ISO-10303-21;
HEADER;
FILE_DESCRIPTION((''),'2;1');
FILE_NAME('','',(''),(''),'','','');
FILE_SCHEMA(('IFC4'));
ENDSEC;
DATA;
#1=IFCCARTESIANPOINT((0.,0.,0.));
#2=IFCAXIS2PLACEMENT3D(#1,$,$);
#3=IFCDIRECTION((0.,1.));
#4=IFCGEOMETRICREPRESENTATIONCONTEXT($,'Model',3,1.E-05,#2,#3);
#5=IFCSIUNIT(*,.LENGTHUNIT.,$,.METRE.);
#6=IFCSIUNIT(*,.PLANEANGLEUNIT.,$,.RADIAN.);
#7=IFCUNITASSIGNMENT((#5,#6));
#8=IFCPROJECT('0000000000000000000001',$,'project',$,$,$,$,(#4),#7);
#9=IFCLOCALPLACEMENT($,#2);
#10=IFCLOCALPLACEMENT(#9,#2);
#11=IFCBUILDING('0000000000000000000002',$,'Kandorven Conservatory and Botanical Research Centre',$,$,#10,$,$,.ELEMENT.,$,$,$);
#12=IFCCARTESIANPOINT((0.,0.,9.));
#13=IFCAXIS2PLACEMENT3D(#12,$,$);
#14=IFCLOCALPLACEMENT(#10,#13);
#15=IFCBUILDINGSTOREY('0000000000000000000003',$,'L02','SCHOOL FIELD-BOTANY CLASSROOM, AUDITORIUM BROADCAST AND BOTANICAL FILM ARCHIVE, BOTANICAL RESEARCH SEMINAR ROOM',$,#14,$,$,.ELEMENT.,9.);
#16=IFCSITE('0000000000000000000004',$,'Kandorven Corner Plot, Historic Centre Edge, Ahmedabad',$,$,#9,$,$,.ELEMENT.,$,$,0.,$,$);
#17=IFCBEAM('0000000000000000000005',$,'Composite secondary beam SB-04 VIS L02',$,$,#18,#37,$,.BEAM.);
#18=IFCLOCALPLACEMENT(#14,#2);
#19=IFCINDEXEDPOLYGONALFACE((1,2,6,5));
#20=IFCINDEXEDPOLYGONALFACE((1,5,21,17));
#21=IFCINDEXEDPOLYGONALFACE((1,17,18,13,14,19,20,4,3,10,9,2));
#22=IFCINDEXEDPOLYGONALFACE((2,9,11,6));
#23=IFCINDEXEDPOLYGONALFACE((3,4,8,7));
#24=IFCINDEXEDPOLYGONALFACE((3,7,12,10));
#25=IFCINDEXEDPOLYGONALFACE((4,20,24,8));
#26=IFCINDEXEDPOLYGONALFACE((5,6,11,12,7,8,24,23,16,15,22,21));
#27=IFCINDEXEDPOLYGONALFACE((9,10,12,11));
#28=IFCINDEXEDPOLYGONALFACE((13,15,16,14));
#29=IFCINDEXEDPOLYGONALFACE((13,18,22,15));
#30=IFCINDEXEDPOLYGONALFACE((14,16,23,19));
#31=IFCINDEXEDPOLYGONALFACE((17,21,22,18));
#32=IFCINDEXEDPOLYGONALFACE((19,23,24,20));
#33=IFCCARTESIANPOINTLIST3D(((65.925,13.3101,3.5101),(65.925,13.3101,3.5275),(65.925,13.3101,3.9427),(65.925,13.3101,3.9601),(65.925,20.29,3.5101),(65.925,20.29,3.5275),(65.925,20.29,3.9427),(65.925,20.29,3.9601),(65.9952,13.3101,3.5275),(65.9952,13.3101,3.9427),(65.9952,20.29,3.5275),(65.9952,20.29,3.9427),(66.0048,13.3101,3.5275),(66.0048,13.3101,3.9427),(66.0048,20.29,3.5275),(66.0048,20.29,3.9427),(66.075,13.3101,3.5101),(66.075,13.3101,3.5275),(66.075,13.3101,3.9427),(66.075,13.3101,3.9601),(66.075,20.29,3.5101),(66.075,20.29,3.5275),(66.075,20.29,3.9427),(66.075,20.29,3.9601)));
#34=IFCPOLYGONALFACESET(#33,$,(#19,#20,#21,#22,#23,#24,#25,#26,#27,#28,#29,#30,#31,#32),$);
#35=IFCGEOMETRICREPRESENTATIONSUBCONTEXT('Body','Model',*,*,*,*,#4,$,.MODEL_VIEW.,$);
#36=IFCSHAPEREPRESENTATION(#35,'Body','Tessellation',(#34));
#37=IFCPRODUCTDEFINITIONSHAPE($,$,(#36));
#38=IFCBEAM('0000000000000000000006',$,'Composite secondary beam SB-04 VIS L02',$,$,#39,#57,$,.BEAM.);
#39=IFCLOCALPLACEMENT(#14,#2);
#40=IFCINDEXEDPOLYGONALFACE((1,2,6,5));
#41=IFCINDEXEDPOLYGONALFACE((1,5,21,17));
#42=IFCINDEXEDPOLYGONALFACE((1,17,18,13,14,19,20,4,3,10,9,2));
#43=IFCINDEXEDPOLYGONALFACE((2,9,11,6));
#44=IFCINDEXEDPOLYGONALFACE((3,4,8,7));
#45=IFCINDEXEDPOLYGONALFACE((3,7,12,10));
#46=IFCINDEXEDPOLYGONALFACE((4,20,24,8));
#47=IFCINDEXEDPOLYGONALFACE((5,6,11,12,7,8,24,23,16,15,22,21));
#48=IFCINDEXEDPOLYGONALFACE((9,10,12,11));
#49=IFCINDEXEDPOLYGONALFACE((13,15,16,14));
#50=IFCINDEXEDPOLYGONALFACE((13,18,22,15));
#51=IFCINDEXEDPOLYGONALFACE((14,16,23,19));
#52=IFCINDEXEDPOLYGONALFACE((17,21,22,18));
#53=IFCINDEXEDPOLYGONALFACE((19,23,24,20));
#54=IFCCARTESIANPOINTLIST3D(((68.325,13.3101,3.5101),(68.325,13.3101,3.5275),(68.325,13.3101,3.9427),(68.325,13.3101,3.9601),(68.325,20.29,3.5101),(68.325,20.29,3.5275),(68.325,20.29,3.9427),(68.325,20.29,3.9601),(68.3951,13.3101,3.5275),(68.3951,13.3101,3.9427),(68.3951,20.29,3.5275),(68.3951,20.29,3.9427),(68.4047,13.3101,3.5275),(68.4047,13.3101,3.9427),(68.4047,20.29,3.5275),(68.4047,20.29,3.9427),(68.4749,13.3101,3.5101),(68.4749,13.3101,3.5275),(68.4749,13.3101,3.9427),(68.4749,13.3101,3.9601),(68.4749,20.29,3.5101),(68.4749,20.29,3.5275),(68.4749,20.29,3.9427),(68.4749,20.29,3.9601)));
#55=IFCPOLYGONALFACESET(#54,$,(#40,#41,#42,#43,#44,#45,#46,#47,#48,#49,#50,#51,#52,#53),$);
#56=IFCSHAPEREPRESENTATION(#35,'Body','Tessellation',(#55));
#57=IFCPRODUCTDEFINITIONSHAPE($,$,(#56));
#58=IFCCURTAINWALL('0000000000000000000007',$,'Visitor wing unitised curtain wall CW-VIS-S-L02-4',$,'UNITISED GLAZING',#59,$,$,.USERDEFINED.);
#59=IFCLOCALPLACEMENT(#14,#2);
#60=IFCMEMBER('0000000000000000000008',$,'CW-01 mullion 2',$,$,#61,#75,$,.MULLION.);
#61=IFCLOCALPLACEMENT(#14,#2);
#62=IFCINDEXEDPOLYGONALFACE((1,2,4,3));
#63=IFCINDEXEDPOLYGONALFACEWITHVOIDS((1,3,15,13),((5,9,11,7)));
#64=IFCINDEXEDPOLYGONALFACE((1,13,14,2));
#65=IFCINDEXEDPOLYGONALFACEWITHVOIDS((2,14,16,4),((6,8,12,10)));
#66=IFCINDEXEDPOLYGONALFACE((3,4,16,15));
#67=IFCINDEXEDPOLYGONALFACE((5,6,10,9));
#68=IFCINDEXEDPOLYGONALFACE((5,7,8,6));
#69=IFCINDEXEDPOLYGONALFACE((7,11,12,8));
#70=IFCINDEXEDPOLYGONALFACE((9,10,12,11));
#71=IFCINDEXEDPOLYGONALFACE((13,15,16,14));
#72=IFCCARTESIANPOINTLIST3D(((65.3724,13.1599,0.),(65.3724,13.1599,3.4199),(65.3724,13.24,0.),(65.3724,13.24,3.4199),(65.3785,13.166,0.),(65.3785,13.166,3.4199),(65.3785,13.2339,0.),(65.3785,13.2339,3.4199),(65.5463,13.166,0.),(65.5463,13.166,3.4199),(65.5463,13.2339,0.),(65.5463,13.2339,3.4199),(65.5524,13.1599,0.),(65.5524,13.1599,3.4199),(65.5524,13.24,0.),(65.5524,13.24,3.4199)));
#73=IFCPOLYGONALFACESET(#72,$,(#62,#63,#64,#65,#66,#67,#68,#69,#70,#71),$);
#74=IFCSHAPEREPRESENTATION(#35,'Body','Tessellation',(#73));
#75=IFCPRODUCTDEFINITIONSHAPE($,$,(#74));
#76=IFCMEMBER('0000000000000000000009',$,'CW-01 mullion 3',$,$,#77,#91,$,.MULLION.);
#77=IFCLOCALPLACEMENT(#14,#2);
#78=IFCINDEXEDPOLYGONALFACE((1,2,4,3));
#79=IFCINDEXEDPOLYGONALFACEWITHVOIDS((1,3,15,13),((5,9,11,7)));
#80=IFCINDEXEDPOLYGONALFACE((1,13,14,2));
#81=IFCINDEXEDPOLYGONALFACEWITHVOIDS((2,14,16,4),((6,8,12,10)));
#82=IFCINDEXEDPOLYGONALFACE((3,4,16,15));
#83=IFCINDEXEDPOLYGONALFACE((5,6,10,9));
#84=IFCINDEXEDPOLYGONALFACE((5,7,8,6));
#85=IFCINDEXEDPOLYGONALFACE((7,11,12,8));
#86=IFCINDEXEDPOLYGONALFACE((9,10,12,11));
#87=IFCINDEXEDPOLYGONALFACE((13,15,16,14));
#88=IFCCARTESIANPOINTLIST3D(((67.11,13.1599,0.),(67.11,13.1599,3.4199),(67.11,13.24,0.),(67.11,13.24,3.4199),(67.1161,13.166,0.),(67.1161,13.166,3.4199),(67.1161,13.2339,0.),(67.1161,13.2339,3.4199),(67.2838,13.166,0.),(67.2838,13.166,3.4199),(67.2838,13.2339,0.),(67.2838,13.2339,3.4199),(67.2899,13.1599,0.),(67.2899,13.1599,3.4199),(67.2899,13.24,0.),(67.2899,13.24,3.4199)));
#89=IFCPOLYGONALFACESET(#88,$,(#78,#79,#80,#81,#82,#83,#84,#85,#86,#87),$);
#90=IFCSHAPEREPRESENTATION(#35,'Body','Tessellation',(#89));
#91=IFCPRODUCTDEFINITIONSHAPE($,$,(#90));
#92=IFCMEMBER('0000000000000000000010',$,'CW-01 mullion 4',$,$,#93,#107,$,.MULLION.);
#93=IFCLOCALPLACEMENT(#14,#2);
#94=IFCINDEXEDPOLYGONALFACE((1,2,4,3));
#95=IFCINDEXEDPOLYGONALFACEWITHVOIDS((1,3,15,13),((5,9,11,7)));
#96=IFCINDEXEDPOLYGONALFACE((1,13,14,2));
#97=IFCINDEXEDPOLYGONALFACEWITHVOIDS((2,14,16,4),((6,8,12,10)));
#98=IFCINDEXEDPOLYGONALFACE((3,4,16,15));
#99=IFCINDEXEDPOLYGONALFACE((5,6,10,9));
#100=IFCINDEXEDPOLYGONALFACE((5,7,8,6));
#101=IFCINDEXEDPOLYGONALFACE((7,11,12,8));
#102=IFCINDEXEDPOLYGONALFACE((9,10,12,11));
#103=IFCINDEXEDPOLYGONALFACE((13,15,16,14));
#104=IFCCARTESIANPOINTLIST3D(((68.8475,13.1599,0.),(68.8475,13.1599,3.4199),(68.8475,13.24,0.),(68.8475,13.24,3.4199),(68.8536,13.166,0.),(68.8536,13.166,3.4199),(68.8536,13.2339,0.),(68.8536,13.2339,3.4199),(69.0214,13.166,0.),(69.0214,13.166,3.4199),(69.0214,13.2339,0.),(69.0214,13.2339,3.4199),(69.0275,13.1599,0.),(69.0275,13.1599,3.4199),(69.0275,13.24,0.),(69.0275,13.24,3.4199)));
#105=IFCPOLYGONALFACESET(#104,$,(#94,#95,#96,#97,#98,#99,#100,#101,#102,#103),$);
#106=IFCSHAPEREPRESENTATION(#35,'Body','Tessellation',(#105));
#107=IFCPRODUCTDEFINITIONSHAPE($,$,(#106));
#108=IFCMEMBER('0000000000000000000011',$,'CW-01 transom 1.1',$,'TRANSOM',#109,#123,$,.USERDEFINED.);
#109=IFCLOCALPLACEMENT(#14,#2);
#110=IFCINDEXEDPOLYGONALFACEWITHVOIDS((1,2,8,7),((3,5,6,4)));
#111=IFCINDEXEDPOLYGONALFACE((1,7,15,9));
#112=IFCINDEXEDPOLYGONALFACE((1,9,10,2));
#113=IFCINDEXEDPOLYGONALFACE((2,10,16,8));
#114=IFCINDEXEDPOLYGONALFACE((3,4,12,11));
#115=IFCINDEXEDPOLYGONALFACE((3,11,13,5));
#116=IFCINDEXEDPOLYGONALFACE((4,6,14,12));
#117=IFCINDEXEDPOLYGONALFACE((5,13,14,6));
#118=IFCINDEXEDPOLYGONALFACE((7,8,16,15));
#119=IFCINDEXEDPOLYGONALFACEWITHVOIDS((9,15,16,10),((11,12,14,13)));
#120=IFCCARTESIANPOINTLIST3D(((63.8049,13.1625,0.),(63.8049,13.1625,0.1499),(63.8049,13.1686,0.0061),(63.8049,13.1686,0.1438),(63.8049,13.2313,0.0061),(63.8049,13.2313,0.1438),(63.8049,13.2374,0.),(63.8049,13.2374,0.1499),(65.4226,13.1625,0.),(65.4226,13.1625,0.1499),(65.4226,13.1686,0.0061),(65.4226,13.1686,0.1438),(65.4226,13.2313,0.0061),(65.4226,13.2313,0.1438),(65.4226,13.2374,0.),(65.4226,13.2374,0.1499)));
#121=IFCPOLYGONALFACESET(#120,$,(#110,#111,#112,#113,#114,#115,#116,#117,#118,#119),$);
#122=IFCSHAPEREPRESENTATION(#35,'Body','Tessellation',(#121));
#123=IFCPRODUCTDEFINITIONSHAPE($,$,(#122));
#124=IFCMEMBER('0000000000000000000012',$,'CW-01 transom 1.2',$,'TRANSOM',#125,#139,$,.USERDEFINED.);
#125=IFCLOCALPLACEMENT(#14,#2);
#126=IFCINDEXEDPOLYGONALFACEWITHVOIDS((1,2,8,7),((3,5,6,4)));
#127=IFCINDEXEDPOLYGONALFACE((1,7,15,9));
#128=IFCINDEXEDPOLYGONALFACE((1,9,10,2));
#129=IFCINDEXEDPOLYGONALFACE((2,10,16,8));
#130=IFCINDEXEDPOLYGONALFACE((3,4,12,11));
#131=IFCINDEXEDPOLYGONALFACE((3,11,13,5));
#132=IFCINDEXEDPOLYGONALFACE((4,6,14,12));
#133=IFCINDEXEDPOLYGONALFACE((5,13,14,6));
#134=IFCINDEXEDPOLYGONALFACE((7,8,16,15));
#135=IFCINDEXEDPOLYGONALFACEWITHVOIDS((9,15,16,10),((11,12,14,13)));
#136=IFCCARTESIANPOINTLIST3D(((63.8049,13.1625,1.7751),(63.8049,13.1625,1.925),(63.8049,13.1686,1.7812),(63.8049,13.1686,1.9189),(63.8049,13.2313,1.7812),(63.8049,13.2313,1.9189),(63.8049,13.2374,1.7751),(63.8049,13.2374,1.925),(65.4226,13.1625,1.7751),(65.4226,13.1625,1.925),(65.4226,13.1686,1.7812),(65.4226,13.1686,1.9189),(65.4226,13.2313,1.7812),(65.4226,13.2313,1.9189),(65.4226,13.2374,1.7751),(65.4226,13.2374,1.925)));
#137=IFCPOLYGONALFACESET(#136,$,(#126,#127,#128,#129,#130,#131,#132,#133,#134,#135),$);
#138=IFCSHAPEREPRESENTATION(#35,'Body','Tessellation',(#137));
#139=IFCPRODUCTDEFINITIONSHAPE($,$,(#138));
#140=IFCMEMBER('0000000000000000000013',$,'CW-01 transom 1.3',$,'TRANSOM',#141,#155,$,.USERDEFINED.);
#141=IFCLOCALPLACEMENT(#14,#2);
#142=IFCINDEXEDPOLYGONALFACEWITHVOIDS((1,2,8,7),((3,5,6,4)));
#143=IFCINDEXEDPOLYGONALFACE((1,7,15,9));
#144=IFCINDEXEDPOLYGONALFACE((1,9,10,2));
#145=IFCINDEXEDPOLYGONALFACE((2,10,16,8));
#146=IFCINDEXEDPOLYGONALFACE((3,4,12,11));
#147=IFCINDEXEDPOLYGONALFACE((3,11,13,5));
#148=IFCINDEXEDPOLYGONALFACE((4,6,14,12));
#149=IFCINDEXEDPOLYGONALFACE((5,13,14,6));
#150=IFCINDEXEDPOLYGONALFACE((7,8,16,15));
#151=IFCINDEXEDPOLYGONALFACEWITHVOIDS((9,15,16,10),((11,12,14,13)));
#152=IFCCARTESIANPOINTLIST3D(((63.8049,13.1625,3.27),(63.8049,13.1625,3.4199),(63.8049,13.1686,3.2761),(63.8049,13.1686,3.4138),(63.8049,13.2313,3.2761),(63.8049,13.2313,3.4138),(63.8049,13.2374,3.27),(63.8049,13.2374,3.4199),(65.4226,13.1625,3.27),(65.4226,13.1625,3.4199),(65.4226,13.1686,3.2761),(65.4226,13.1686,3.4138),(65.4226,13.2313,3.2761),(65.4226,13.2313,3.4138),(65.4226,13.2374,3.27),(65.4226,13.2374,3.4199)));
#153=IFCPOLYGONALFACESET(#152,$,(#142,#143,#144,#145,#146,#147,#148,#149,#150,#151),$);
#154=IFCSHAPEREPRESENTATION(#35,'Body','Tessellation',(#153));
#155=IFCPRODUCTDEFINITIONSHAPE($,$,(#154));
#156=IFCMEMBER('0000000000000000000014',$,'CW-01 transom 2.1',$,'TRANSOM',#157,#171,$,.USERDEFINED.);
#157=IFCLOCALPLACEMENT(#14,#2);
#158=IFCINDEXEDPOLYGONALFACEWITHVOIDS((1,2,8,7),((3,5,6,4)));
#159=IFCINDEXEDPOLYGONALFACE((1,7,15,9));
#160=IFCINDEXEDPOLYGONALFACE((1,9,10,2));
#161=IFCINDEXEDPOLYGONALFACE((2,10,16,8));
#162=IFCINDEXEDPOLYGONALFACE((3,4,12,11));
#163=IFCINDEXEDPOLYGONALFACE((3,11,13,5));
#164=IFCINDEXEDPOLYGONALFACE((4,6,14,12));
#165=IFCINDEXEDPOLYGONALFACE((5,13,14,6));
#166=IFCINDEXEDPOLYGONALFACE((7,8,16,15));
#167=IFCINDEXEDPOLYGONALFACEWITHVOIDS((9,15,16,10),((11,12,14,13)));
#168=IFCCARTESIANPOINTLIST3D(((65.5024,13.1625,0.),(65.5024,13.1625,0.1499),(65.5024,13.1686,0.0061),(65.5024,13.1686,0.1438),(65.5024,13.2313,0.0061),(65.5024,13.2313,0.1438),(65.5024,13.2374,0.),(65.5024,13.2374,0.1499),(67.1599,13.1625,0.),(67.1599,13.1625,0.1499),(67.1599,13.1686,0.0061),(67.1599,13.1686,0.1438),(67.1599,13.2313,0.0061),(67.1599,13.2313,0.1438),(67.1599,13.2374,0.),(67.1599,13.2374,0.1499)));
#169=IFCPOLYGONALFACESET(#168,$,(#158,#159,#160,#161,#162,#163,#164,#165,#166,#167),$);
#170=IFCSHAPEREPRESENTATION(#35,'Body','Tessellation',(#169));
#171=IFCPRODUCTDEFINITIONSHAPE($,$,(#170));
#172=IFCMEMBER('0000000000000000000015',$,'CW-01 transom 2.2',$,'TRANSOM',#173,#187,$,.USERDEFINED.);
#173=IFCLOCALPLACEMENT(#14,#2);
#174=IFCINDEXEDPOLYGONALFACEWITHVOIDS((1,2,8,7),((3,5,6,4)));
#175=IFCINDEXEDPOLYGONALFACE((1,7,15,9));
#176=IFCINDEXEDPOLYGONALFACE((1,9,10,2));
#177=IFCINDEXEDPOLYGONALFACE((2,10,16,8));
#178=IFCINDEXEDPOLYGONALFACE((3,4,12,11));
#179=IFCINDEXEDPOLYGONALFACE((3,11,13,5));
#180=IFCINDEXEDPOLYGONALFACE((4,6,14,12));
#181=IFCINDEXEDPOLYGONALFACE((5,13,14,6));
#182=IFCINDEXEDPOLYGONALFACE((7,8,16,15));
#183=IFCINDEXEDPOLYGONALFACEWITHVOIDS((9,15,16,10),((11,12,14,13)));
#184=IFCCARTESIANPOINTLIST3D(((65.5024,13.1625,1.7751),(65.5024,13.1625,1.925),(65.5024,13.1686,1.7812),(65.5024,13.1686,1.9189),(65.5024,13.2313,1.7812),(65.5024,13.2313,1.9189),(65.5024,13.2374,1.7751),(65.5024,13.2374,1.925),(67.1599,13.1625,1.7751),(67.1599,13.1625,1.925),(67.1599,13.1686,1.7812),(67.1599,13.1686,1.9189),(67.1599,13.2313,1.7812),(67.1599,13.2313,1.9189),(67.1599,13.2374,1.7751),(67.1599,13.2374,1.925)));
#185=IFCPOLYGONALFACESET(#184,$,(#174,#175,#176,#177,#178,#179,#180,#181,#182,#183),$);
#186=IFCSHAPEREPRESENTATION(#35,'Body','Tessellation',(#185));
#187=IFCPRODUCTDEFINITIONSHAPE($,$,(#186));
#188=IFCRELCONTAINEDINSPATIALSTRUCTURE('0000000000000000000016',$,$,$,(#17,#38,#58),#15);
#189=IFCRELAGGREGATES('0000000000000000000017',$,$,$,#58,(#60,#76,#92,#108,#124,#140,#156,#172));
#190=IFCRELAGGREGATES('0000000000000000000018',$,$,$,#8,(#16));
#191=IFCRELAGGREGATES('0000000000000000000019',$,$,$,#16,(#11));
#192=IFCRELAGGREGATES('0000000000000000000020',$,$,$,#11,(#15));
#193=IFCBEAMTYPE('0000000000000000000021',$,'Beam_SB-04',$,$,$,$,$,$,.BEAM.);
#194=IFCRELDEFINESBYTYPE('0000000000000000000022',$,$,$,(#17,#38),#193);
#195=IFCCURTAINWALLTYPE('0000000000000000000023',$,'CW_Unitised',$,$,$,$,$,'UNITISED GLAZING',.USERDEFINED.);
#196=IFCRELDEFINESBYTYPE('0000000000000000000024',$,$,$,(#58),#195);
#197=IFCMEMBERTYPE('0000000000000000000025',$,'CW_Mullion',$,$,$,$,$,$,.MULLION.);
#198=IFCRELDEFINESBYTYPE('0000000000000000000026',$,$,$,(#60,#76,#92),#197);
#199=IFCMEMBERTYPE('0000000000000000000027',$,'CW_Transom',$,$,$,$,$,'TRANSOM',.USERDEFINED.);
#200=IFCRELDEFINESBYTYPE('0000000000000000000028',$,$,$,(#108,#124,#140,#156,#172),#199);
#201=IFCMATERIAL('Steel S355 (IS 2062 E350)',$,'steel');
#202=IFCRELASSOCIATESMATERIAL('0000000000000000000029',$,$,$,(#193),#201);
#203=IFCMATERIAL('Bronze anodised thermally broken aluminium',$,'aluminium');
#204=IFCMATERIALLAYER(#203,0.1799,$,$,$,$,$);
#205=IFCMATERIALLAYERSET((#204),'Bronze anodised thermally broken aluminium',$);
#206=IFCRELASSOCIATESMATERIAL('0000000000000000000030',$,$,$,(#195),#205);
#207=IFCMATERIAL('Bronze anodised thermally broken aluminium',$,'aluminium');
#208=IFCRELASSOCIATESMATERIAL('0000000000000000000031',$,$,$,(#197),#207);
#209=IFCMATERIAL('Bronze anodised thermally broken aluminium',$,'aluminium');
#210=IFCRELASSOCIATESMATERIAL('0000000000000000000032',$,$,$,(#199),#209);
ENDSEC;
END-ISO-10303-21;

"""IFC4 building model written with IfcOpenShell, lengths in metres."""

from ifc_helpers import new_model, si_unit, direction, frame, origin, origin_2d, place, context, subcontext, project, spatial, hollow_rectangle, i_section, extrude, material, layer, layer_set, material_profile, profile_set, type_object, element, aggregate, save


model = new_model("IFC4")

# Units and contexts
model_context = context("Model", 3, precision=1e-05, world=origin(), true_north=direction((0.0, 1.0)))
body_context = subcontext(model_context, "Body", "Model", "MODEL_VIEW")
ifc_project = project(units=[si_unit("LENGTHUNIT", "METRE"), si_unit("PLANEANGLEUNIT", "RADIAN")], contexts=[model_context])

# Site, building, storey
site_placement = place(None, origin())
site = spatial("IfcSite", under=ifc_project, at=site_placement, Name="Kandorven Corner Plot, Historic Centre Edge, Ahmedabad", CompositionType="ELEMENT", RefElevation=0.0)
building_placement = place(site_placement, origin())
building = spatial("IfcBuilding", under=site, at=building_placement, Name="Kandorven Conservatory and Botanical Research Centre", CompositionType="ELEMENT")
storey_placement = place(building_placement, frame((0.0, 0.0, 9.0)))
storey = spatial("IfcBuildingStorey", under=building, at=storey_placement, Name="L02", Description="SCHOOL FIELD-BOTANY CLASSROOM, AUDITORIUM BROADCAST AND BOTANICAL FILM ARCHIVE, BOTANICAL RESEARCH SEMINAR ROOM", CompositionType="ELEMENT", Elevation=9.0)

# Beams
ifc_material_1 = material(Name="Steel S355 (IS 2062 E350)", Category="steel")
ifc_material_profile_1 = material_profile(ifc_material_1, i_section(OverallWidth=0.1499, OverallDepth=0.45, WebThickness=0.0095, FlangeThickness=0.0173, at=origin_2d()))
ifc_profile_set_1 = profile_set([ifc_material_profile_1], Name="Steel S355 (IS 2062 E350)")
beam_type = type_object("IfcBeamType", Name="Beam_SB-04", PredefinedType="BEAM", material=ifc_profile_set_1)
for number, where, z_axis, x_axis, name in (
    (1, (66.0, 13.3101, 3.7351), (0.0, 1.0, 0.0), (-1.0, 0.0, 0.0), "Composite secondary beam SB-04 VIS L02"),
    (2, (68.3999, 13.3101, 3.7351), (0.0, 1.0, 0.0), (-1.0, 0.0, 0.0), "Composite secondary beam SB-04 VIS L02"),
):
    element("IfcBeam", number, at=place(storey_placement, frame(where, z_axis=z_axis, x_axis=x_axis)), inside=storey, type_object=beam_type, Name=name, PredefinedType="BEAM", context=body_context, shape_type="SweptSolid", body=[
        extrude(i_section(OverallWidth=0.1499, OverallDepth=0.45, WebThickness=0.0095, FlangeThickness=0.0173, at=origin_2d()), origin(), (0.0, 0.0, 1.0), 6.98),
    ])

# Curtain wall, members
ifc_material_2 = material(Name="Bronze anodised thermally broken aluminium", Category="aluminium")
ifc_layer_1 = layer(ifc_material_2, 0.1799)
ifc_layer_set_1 = layer_set([ifc_layer_1], Name="Bronze anodised thermally broken aluminium")
curtain_wall_type = type_object("IfcCurtainWallType", Name="CW_Unitised", ElementType="UNITISED GLAZING", PredefinedType="USERDEFINED", material=ifc_layer_set_1)
curtain_wall_placement = place(storey_placement, origin())
curtain_wall = element("IfcCurtainWall", 3, at=curtain_wall_placement, inside=storey, type_object=curtain_wall_type, Name="Visitor wing unitised curtain wall CW-VIS-S-L02-4", ObjectType="UNITISED GLAZING", PredefinedType="USERDEFINED")
ifc_material_3 = material(Name="Bronze anodised thermally broken aluminium", Category="aluminium")
ifc_material_profile_2 = material_profile(ifc_material_3, hollow_rectangle(XDim=0.0801, YDim=0.1799, WallThickness=0.0061, at=origin_2d()))
ifc_profile_set_2 = profile_set([ifc_material_profile_2], Name="Bronze anodised thermally broken aluminium")
member_type_1 = type_object("IfcMemberType", Name="CW_Mullion", PredefinedType="MULLION", material=ifc_profile_set_2)
member_1_placement = place(storey_placement, frame((65.4624, 13.2, 0.0), z_axis=(0.0, 0.0, 1.0), x_axis=(0.0, 1.0, 0.0)))
member_1 = element("IfcMember", 4, at=member_1_placement, type_object=member_type_1, Name="CW-01 mullion 2", PredefinedType="MULLION", context=body_context, shape_type="SweptSolid", body=[
    extrude(hollow_rectangle(XDim=0.0801, YDim=0.1799, WallThickness=0.0061, at=origin_2d()), origin(), (0.0, 0.0, 1.0), 3.4199),
])
member_2_placement = place(storey_placement, frame((67.2, 13.2, 0.0), z_axis=(0.0, 0.0, 1.0), x_axis=(0.0, 1.0, 0.0)))
member_2 = element("IfcMember", 5, at=member_2_placement, type_object=member_type_1, Name="CW-01 mullion 3", PredefinedType="MULLION", context=body_context, shape_type="SweptSolid", body=[
    extrude(hollow_rectangle(XDim=0.0801, YDim=0.1799, WallThickness=0.0061, at=origin_2d()), origin(), (0.0, 0.0, 1.0), 3.4199),
])
member_3_placement = place(storey_placement, frame((68.9375, 13.2, 0.0), z_axis=(0.0, 0.0, 1.0), x_axis=(0.0, 1.0, 0.0)))
member_3 = element("IfcMember", 6, at=member_3_placement, type_object=member_type_1, Name="CW-01 mullion 4", PredefinedType="MULLION", context=body_context, shape_type="SweptSolid", body=[
    extrude(hollow_rectangle(XDim=0.0801, YDim=0.1799, WallThickness=0.0061, at=origin_2d()), origin(), (0.0, 0.0, 1.0), 3.4199),
])
ifc_material_4 = material(Name="Bronze anodised thermally broken aluminium", Category="aluminium")
ifc_material_profile_3 = material_profile(ifc_material_4, hollow_rectangle(XDim=0.075, YDim=0.1499, WallThickness=0.0061, at=origin_2d()))
ifc_profile_set_3 = profile_set([ifc_material_profile_3], Name="Bronze anodised thermally broken aluminium")
member_type_2 = type_object("IfcMemberType", Name="CW_Transom", ElementType="TRANSOM", PredefinedType="USERDEFINED", material=ifc_profile_set_3)
member_4_placement = place(storey_placement, frame((63.8049, 13.2, 0.075), z_axis=(1.0, 0.0, 0.0), x_axis=(0.0, 1.0, 0.0)))
member_4 = element("IfcMember", 7, at=member_4_placement, type_object=member_type_2, Name="CW-01 transom 1.1", ObjectType="TRANSOM", PredefinedType="USERDEFINED", context=body_context, shape_type="SweptSolid", body=[
    extrude(hollow_rectangle(XDim=0.075, YDim=0.1499, WallThickness=0.0061, at=origin_2d()), origin(), (0.0, 0.0, 1.0), 1.6177),
])
member_5_placement = place(storey_placement, frame((63.8049, 13.2, 1.8501), z_axis=(1.0, 0.0, 0.0), x_axis=(0.0, 1.0, 0.0)))
member_5 = element("IfcMember", 8, at=member_5_placement, type_object=member_type_2, Name="CW-01 transom 1.2", ObjectType="TRANSOM", PredefinedType="USERDEFINED", context=body_context, shape_type="SweptSolid", body=[
    extrude(hollow_rectangle(XDim=0.075, YDim=0.1499, WallThickness=0.0061, at=origin_2d()), origin(), (0.0, 0.0, 1.0), 1.6177),
])
member_6_placement = place(storey_placement, frame((63.8049, 13.2, 3.345), z_axis=(1.0, 0.0, 0.0), x_axis=(0.0, 1.0, 0.0)))
member_6 = element("IfcMember", 9, at=member_6_placement, type_object=member_type_2, Name="CW-01 transom 1.3", ObjectType="TRANSOM", PredefinedType="USERDEFINED", context=body_context, shape_type="SweptSolid", body=[
    extrude(hollow_rectangle(XDim=0.075, YDim=0.1499, WallThickness=0.0061, at=origin_2d()), origin(), (0.0, 0.0, 1.0), 1.6177),
])
member_7_placement = place(storey_placement, frame((65.5024, 13.2, 0.075), z_axis=(1.0, 0.0, 0.0), x_axis=(0.0, 1.0, 0.0)))
member_7 = element("IfcMember", 10, at=member_7_placement, type_object=member_type_2, Name="CW-01 transom 2.1", ObjectType="TRANSOM", PredefinedType="USERDEFINED", context=body_context, shape_type="SweptSolid", body=[
    extrude(hollow_rectangle(XDim=0.075, YDim=0.1499, WallThickness=0.0061, at=origin_2d()), origin(), (0.0, 0.0, 1.0), 1.6575),
])
member_8_placement = place(storey_placement, frame((65.5024, 13.2, 1.8501), z_axis=(1.0, 0.0, 0.0), x_axis=(0.0, 1.0, 0.0)))
member_8 = element("IfcMember", 11, at=member_8_placement, type_object=member_type_2, Name="CW-01 transom 2.2", ObjectType="TRANSOM", PredefinedType="USERDEFINED", context=body_context, shape_type="SweptSolid", body=[
    extrude(hollow_rectangle(XDim=0.075, YDim=0.1499, WallThickness=0.0061, at=origin_2d()), origin(), (0.0, 0.0, 1.0), 1.6575),
])
aggregate(curtain_wall, [member_1, member_2, member_3, member_4, member_5, member_6, member_7, member_8])

save(model, "model.ifc")
